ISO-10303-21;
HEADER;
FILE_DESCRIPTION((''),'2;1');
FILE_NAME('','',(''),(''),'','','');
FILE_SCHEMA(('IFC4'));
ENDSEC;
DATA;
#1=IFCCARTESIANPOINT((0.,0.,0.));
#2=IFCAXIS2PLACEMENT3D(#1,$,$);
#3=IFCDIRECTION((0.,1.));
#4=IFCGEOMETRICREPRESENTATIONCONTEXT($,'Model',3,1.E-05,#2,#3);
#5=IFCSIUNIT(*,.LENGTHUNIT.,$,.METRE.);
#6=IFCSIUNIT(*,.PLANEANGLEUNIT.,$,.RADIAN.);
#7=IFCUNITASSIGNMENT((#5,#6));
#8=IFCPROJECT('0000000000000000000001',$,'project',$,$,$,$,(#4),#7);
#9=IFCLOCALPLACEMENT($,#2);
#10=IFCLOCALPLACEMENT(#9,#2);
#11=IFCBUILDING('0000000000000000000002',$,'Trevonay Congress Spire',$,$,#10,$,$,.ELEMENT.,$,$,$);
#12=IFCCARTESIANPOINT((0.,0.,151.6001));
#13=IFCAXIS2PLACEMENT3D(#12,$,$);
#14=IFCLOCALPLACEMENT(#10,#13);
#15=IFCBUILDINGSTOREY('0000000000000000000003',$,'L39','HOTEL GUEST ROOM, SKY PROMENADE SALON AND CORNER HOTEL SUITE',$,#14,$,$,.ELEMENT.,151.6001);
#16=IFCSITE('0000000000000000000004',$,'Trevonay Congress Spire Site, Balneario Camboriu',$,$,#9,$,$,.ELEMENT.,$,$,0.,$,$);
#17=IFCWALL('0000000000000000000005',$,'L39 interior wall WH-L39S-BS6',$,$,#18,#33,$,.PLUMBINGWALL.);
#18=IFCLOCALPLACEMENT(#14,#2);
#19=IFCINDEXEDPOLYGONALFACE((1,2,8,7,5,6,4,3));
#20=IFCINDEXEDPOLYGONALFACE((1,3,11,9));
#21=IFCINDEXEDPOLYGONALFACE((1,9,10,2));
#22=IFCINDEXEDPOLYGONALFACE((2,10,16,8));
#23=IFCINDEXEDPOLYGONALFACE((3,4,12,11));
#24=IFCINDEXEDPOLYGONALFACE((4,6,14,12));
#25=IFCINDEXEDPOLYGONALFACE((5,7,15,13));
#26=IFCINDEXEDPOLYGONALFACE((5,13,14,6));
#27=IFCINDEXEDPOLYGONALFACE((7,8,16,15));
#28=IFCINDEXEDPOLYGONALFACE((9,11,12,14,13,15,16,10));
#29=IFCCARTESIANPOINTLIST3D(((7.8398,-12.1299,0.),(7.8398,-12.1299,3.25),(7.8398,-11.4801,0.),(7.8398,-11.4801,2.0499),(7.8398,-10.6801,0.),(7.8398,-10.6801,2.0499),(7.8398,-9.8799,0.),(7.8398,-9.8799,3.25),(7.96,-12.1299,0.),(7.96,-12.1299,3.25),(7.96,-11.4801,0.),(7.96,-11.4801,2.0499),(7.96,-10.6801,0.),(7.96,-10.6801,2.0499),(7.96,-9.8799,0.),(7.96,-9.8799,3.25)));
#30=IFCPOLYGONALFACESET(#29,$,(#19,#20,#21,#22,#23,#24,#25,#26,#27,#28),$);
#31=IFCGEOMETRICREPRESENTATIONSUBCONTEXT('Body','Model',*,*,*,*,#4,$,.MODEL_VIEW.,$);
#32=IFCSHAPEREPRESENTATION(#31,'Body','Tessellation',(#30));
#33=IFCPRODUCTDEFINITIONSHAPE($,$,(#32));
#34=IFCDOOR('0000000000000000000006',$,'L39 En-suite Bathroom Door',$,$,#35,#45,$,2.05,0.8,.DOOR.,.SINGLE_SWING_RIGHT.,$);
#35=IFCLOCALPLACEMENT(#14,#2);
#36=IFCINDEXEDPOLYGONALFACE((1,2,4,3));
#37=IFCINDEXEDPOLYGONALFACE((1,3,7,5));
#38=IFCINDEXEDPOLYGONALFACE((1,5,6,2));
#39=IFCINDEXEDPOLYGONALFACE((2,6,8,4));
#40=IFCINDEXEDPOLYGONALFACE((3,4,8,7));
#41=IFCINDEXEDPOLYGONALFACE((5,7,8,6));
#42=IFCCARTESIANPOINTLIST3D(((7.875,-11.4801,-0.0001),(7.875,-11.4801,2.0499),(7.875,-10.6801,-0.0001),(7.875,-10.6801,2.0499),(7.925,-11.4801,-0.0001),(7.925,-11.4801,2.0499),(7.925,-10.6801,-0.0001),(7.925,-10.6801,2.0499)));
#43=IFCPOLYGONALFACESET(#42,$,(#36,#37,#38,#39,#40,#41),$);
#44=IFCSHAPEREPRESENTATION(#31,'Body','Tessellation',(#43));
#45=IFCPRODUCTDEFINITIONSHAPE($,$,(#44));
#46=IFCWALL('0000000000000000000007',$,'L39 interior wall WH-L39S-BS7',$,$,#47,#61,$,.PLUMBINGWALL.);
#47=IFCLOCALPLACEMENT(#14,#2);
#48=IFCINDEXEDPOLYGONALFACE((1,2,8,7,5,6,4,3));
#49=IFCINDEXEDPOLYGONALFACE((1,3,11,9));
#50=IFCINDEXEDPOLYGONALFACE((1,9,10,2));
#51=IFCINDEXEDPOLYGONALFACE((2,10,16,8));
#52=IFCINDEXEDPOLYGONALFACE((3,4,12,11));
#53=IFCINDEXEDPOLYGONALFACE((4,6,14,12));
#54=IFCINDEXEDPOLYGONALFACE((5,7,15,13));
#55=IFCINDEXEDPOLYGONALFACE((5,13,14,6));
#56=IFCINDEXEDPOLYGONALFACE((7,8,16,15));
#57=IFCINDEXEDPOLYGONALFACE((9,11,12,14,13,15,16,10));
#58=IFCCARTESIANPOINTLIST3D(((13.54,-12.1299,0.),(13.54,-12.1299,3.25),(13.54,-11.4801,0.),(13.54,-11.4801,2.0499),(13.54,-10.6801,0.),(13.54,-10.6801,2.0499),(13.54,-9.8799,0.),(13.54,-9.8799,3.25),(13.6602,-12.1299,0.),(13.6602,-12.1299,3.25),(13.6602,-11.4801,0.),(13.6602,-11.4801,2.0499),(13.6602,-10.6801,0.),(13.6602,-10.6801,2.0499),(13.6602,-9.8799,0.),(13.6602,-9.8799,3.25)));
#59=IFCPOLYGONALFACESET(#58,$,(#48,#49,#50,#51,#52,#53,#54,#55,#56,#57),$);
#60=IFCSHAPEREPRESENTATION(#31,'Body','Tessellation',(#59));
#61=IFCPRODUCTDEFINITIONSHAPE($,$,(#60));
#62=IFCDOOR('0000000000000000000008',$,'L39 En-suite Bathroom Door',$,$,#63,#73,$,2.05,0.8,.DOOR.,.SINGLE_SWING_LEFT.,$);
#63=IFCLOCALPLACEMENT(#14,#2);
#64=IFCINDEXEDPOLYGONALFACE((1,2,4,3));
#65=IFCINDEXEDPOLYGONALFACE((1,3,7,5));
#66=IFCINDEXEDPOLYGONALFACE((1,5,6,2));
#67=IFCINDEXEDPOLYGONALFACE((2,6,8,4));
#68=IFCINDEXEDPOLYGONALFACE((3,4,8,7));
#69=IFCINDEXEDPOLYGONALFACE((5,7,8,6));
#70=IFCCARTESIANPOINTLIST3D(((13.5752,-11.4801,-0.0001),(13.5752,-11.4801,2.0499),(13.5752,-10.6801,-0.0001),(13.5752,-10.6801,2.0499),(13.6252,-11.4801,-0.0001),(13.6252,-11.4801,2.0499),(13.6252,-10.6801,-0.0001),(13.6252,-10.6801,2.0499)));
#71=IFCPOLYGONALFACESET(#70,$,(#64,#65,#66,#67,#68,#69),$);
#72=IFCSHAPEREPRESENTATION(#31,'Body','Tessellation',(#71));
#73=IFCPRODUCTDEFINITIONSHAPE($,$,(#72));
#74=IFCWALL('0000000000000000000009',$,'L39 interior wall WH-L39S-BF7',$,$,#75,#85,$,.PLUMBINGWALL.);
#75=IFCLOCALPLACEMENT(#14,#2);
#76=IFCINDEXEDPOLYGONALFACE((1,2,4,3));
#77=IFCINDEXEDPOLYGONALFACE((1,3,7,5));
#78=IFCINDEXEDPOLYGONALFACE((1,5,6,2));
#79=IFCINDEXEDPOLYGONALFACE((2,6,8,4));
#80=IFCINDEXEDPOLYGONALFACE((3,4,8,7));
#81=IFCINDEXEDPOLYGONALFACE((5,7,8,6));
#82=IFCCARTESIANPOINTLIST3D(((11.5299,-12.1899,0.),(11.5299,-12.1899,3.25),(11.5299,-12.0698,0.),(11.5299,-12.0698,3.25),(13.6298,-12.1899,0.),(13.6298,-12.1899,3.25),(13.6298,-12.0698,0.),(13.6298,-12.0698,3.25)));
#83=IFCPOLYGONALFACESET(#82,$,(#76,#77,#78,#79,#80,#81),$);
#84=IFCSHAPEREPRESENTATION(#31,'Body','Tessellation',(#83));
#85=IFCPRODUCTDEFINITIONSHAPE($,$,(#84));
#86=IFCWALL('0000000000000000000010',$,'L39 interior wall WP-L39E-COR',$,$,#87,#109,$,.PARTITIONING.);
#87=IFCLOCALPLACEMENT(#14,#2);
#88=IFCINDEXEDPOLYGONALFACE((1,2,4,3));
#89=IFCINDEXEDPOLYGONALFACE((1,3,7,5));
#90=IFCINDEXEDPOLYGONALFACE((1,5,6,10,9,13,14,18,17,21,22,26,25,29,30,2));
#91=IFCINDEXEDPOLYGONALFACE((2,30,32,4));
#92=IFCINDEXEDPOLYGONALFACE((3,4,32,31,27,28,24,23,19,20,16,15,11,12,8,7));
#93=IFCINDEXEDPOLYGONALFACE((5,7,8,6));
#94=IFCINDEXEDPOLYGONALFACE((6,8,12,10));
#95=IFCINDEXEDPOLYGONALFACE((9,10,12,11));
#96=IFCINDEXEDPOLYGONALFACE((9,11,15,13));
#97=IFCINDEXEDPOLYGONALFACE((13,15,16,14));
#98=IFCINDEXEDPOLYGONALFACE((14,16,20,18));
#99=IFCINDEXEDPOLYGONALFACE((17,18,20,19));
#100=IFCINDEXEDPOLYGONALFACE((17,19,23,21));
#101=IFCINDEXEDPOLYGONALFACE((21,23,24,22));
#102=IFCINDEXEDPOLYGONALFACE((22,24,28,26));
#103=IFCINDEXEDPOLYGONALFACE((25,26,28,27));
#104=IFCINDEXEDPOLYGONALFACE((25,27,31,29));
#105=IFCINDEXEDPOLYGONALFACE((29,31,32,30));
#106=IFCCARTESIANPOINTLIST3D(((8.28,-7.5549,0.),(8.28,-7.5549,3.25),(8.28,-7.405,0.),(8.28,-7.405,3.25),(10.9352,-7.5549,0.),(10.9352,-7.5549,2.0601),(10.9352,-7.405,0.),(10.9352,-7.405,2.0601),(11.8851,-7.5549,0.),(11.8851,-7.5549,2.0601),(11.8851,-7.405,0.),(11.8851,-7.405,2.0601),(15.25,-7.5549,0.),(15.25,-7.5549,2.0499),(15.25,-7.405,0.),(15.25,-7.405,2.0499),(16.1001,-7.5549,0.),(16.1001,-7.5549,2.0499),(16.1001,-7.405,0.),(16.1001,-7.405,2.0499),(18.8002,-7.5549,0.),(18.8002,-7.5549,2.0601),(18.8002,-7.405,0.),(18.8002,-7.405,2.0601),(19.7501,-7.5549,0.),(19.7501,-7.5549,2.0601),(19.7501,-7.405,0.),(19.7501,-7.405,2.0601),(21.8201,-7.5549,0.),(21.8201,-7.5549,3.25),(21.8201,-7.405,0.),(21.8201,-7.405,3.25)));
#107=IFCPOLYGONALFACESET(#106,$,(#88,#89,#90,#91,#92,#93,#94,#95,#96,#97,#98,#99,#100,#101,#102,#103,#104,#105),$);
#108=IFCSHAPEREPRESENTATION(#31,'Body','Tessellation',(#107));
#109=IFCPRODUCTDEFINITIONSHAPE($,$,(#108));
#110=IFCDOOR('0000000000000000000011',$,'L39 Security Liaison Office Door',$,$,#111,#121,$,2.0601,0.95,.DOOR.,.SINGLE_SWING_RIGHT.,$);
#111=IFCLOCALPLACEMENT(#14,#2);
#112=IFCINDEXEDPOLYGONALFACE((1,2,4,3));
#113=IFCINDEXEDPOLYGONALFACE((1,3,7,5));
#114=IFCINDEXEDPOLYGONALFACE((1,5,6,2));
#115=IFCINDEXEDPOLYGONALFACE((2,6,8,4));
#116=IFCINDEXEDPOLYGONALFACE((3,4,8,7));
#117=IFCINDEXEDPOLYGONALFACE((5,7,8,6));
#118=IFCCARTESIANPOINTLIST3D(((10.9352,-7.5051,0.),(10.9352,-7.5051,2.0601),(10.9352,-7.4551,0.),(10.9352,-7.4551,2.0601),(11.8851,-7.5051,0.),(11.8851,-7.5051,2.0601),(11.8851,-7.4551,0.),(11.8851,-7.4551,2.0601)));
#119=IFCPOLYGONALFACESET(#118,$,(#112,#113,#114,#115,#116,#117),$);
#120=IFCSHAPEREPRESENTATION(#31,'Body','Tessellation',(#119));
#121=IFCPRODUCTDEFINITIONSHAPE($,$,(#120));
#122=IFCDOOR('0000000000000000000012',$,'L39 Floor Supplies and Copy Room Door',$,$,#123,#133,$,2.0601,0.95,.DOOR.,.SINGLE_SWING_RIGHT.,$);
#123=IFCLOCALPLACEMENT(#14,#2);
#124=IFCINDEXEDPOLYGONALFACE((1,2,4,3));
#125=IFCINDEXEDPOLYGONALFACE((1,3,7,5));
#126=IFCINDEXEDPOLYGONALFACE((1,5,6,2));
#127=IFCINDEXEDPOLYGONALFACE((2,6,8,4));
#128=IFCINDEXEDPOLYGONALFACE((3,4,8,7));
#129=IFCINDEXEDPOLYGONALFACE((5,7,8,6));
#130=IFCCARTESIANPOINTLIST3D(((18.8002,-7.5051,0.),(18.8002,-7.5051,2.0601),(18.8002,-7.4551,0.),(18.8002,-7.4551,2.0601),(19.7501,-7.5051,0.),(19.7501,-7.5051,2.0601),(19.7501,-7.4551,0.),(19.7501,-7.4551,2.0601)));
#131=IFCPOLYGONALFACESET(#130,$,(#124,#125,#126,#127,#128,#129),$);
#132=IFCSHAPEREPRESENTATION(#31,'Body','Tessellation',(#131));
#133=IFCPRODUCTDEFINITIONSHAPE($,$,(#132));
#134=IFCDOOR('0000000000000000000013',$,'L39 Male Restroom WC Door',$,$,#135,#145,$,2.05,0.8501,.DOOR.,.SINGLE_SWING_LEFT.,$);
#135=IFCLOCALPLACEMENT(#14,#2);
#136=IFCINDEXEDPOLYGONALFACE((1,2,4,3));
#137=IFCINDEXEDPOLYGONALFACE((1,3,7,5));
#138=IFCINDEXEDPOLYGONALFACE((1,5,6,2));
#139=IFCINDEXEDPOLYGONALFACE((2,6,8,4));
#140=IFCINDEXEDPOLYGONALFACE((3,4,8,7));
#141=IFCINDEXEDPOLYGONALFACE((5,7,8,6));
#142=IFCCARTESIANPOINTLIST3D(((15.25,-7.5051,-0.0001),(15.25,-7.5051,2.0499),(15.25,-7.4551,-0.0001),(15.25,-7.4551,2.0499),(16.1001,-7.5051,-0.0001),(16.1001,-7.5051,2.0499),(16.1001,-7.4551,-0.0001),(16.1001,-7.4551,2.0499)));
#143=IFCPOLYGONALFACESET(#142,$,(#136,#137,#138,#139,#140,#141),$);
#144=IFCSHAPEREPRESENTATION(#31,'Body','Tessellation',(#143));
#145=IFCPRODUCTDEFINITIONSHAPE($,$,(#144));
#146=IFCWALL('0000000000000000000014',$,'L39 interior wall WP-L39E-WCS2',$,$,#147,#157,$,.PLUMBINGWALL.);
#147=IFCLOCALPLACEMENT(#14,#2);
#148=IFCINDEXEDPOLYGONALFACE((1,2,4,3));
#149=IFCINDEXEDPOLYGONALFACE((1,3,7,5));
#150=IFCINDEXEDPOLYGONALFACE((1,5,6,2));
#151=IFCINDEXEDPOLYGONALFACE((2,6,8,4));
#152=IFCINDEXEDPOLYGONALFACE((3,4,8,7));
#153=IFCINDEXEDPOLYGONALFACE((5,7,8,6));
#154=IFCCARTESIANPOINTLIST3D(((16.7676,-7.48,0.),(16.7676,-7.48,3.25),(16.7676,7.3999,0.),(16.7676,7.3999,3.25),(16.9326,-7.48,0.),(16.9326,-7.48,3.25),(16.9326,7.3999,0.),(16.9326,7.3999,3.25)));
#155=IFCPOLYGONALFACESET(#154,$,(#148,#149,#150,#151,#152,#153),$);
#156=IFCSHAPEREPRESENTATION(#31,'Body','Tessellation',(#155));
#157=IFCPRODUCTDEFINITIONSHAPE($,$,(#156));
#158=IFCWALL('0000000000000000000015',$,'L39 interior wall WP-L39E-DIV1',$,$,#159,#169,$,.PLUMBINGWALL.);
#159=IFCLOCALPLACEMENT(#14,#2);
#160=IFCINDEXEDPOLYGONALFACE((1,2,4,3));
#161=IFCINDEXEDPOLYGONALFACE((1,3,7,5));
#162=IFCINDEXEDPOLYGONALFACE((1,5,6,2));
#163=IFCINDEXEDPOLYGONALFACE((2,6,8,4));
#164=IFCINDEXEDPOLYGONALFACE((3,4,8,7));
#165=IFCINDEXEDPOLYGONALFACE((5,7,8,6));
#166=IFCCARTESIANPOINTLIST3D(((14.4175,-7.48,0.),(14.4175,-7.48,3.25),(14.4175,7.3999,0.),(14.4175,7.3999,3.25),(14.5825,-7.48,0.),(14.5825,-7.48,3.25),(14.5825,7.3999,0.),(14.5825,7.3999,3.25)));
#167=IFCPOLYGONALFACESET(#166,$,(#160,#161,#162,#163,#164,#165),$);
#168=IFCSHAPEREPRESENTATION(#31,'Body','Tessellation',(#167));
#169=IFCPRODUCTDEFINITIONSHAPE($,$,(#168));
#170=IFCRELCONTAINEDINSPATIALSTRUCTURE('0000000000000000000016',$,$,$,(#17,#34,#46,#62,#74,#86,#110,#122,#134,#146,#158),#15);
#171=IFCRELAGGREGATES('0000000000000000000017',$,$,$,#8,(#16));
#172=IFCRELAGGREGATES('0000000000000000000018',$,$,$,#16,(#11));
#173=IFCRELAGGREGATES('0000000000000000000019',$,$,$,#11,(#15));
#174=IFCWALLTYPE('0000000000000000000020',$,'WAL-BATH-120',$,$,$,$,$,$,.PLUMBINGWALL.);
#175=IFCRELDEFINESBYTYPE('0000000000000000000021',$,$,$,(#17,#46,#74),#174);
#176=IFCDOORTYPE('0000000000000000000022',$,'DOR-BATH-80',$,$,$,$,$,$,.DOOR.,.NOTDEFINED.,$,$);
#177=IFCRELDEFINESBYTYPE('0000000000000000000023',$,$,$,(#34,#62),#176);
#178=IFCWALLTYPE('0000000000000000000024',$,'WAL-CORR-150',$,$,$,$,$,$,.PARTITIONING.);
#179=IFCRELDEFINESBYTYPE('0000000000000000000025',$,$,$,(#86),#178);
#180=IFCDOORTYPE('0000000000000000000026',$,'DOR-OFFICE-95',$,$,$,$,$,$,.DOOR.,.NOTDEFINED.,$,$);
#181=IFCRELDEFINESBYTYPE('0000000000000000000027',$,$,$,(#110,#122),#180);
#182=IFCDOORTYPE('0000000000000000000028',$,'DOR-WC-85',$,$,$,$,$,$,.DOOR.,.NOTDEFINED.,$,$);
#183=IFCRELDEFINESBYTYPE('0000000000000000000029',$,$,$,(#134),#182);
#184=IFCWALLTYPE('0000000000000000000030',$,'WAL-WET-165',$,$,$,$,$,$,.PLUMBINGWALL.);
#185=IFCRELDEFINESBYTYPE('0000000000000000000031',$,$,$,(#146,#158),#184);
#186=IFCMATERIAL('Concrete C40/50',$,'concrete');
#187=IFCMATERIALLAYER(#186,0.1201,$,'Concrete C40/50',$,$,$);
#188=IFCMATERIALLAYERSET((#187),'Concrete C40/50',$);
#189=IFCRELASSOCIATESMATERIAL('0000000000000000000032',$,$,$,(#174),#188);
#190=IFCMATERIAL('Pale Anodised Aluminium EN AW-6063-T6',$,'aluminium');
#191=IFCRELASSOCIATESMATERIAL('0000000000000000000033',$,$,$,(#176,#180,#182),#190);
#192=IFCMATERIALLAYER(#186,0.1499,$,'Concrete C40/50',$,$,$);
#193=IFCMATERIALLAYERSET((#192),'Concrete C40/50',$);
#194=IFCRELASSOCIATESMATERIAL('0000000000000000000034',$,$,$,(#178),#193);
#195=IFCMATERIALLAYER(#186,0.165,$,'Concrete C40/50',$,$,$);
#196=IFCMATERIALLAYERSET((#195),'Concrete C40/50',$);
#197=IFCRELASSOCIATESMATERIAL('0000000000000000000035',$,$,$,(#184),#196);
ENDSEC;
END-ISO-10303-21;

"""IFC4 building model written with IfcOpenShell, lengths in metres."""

from ifc_helpers import new_model, si_unit, direction, frame, frame_2d, origin, place, context, subcontext, project, spatial, rectangle, extrude, material, layer, layer_set, type_object, element, fill, save


model = new_model("IFC4")

# Units and contexts
model_context = context("Model", 3, precision=1e-05, world=origin(), true_north=direction((0.0, 1.0)))
body_context = subcontext(model_context, "Body", "Model", "MODEL_VIEW")
ifc_project = project(units=[si_unit("LENGTHUNIT", "METRE"), si_unit("PLANEANGLEUNIT", "RADIAN")], contexts=[model_context])

# Site, building, storey
site_placement = place(None, origin())
site = spatial("IfcSite", under=ifc_project, at=site_placement, Name="Trevonay Congress Spire Site, Balneario Camboriu", CompositionType="ELEMENT", RefElevation=0.0)
building_placement = place(site_placement, origin())
building = spatial("IfcBuilding", under=site, at=building_placement, Name="Trevonay Congress Spire", CompositionType="ELEMENT")
storey_placement = place(building_placement, frame((0.0, 0.0, 151.6001)))
storey = spatial("IfcBuildingStorey", under=building, at=storey_placement, Name="L39", Description="HOTEL GUEST ROOM, SKY PROMENADE SALON AND CORNER HOTEL SUITE", CompositionType="ELEMENT", Elevation=151.6001)

# Shared definitions
ifc_material_1 = material(Name="Pale Anodised Aluminium EN AW-6063-T6", Category="aluminium")

# Walls, openings, doors
ifc_material_2 = material(Name="Concrete C40/50", Category="concrete")
ifc_layer_1 = layer(ifc_material_2, 0.1201, Name="Concrete C40/50")
ifc_layer_set_1 = layer_set([ifc_layer_1], Name="Concrete C40/50")
wall_type_1 = type_object("IfcWallType", Name="WAL-BATH-120", PredefinedType="PLUMBINGWALL", material=ifc_layer_set_1)
wall_1_placement = place(storey_placement, frame((7.8999, -12.1299, 0.0), z_axis=(0.0, 0.0, 1.0), x_axis=(0.0, 1.0, 0.0)))
wall_1 = element("IfcWall", 1, at=wall_1_placement, inside=storey, type_object=wall_type_1, Name="L39 interior wall WH-L39S-BS6", PredefinedType="PLUMBINGWALL", context=body_context, shape_type="SweptSolid", body=[
    extrude(rectangle(XDim=2.25, YDim=0.1201, at=frame_2d((1.125, 0.0))), origin(), (0.0, 0.0, 1.0), 3.25),
])
opening_1_placement = place(wall_1_placement, frame((0.6499, 0.0, 0.0)))
opening_1 = element("IfcOpeningElement", 2, at=opening_1_placement, cuts=wall_1, PredefinedType="OPENING", context=body_context, shape_type="SweptSolid", body=[
    extrude(rectangle(XDim=0.8, YDim=2.05, at=frame_2d((0.3999, 1.0249))), frame((0.0, 0.0701, 0.0), z_axis=(0.0, -1.0, 0.0), x_axis=(1.0, 0.0, 0.0)), (0.0, 0.0, 1.0), 0.1401),
])
door_type_1 = type_object("IfcDoorType", Name="DOR-BATH-80", OperationType="NOTDEFINED", PredefinedType="DOOR", material=ifc_material_1)
door_1_placement = place(opening_1_placement, origin())
door_1 = element("IfcDoor", 3, at=door_1_placement, inside=storey, type_object=door_type_1, Name="L39 En-suite Bathroom Door", OperationType="SINGLE_SWING_RIGHT", OverallHeight=2.05, OverallWidth=0.8, PredefinedType="DOOR", context=body_context, shape_type="SweptSolid", body=[
    extrude(rectangle(XDim=0.8, YDim=2.05, at=frame_2d((0.3999, 1.0249))), frame((0.0, 0.0249, 0.0), z_axis=(0.0, -1.0, 0.0), x_axis=(1.0, 0.0, 0.0)), (0.0, 0.0, 1.0), 0.05),
])
fill(opening_1, door_1)
wall_2_placement = place(storey_placement, frame((13.6001, -12.1299, 0.0), z_axis=(0.0, 0.0, 1.0), x_axis=(0.0, 1.0, 0.0)))
wall_2 = element("IfcWall", 4, at=wall_2_placement, inside=storey, type_object=wall_type_1, Name="L39 interior wall WH-L39S-BS7", PredefinedType="PLUMBINGWALL", context=body_context, shape_type="SweptSolid", body=[
    extrude(rectangle(XDim=2.25, YDim=0.1201, at=frame_2d((1.125, 0.0))), origin(), (0.0, 0.0, 1.0), 3.25),
])
opening_2_placement = place(wall_2_placement, frame((0.6499, 0.0, 0.0)))
opening_2 = element("IfcOpeningElement", 5, at=opening_2_placement, cuts=wall_2, PredefinedType="OPENING", context=body_context, shape_type="SweptSolid", body=[
    extrude(rectangle(XDim=0.8, YDim=2.05, at=frame_2d((0.3999, 1.0249))), frame((0.0, 0.0701, 0.0), z_axis=(0.0, -1.0, 0.0), x_axis=(1.0, 0.0, 0.0)), (0.0, 0.0, 1.0), 0.1401),
])
door_2_placement = place(opening_2_placement, origin())
door_2 = element("IfcDoor", 6, at=door_2_placement, inside=storey, type_object=door_type_1, Name="L39 En-suite Bathroom Door", OperationType="SINGLE_SWING_LEFT", OverallHeight=2.05, OverallWidth=0.8, PredefinedType="DOOR", context=body_context, shape_type="SweptSolid", body=[
    extrude(rectangle(XDim=0.8, YDim=2.05, at=frame_2d((0.3999, 1.0249))), frame((0.0, 0.0249, 0.0), z_axis=(0.0, -1.0, 0.0), x_axis=(1.0, 0.0, 0.0)), (0.0, 0.0, 1.0), 0.05),
])
fill(opening_2, door_2)

# Wall
wall_3_placement = place(storey_placement, frame((11.53, -12.1299, 0.0), z_axis=(0.0, 0.0, 1.0), x_axis=(1.0, 0.0, 0.0)))
element("IfcWall", 7, at=wall_3_placement, inside=storey, type_object=wall_type_1, Name="L39 interior wall WH-L39S-BF7", PredefinedType="PLUMBINGWALL", context=body_context, shape_type="SweptSolid", body=[
    extrude(rectangle(XDim=2.0999, YDim=0.1201, at=frame_2d((1.0498, 0.0))), origin(), (0.0, 0.0, 1.0), 3.25),
])

# Wall, openings, doors
ifc_layer_2 = layer(ifc_material_2, 0.1499, Name="Concrete C40/50")
ifc_layer_set_2 = layer_set([ifc_layer_2], Name="Concrete C40/50")
wall_type_2 = type_object("IfcWallType", Name="WAL-CORR-150", PredefinedType="PARTITIONING", material=ifc_layer_set_2)
wall_4_placement = place(storey_placement, frame((8.28, -7.48, 0.0), z_axis=(0.0, 0.0, 1.0), x_axis=(1.0, 0.0, 0.0)))
wall_4 = element("IfcWall", 8, at=wall_4_placement, inside=storey, type_object=wall_type_2, Name="L39 interior wall WP-L39E-COR", PredefinedType="PARTITIONING", context=body_context, shape_type="SweptSolid", body=[
    extrude(rectangle(XDim=13.54, YDim=0.1499, at=frame_2d((6.77, 0.0))), origin(), (0.0, 0.0, 1.0), 3.25),
])
opening_3_placement = place(wall_4_placement, frame((2.655, 0.0, 0.0)))
opening_3 = element("IfcOpeningElement", 9, at=opening_3_placement, cuts=wall_4, PredefinedType="OPENING", context=body_context, shape_type="SweptSolid", body=[
    extrude(rectangle(XDim=0.95, YDim=2.0601, at=frame_2d((0.4751, 1.03))), frame((0.0, 0.085, 0.0), z_axis=(0.0, -1.0, 0.0), x_axis=(1.0, 0.0, 0.0)), (0.0, 0.0, 1.0), 0.1699),
])
opening_4_placement = place(wall_4_placement, frame((6.97, 0.0, 0.0)))
opening_4 = element("IfcOpeningElement", 10, at=opening_4_placement, cuts=wall_4, PredefinedType="OPENING", context=body_context, shape_type="SweptSolid", body=[
    extrude(rectangle(XDim=0.8501, YDim=2.05, at=frame_2d((0.425, 1.0249))), frame((0.0, 0.085, 0.0), z_axis=(0.0, -1.0, 0.0), x_axis=(1.0, 0.0, 0.0)), (0.0, 0.0, 1.0), 0.1699),
])
opening_5_placement = place(wall_4_placement, frame((10.52, 0.0, 0.0)))
opening_5 = element("IfcOpeningElement", 11, at=opening_5_placement, cuts=wall_4, PredefinedType="OPENING", context=body_context, shape_type="SweptSolid", body=[
    extrude(rectangle(XDim=0.95, YDim=2.0601, at=frame_2d((0.4751, 1.03))), frame((0.0, 0.085, 0.0), z_axis=(0.0, -1.0, 0.0), x_axis=(1.0, 0.0, 0.0)), (0.0, 0.0, 1.0), 0.1699),
])
door_type_2 = type_object("IfcDoorType", Name="DOR-OFFICE-95", OperationType="NOTDEFINED", PredefinedType="DOOR", material=ifc_material_1)
door_3_placement = place(opening_3_placement, origin())
door_3 = element("IfcDoor", 12, at=door_3_placement, inside=storey, type_object=door_type_2, Name="L39 Security Liaison Office Door", OperationType="SINGLE_SWING_RIGHT", OverallHeight=2.0601, OverallWidth=0.95, PredefinedType="DOOR", context=body_context, shape_type="SweptSolid", body=[
    extrude(rectangle(XDim=0.95, YDim=2.0601, at=frame_2d((0.4751, 1.03))), frame((0.0, 0.0249, 0.0), z_axis=(0.0, -1.0, 0.0), x_axis=(1.0, 0.0, 0.0)), (0.0, 0.0, 1.0), 0.05),
])
fill(opening_3, door_3)
door_4_placement = place(opening_5_placement, origin())
door_4 = element("IfcDoor", 13, at=door_4_placement, inside=storey, type_object=door_type_2, Name="L39 Floor Supplies and Copy Room Door", OperationType="SINGLE_SWING_RIGHT", OverallHeight=2.0601, OverallWidth=0.95, PredefinedType="DOOR", context=body_context, shape_type="SweptSolid", body=[
    extrude(rectangle(XDim=0.95, YDim=2.0601, at=frame_2d((0.4751, 1.03))), frame((0.0, 0.0249, 0.0), z_axis=(0.0, -1.0, 0.0), x_axis=(1.0, 0.0, 0.0)), (0.0, 0.0, 1.0), 0.05),
])
fill(opening_5, door_4)
door_type_3 = type_object("IfcDoorType", Name="DOR-WC-85", OperationType="NOTDEFINED", PredefinedType="DOOR", material=ifc_material_1)
door_5_placement = place(opening_4_placement, origin())
door_5 = element("IfcDoor", 14, at=door_5_placement, inside=storey, type_object=door_type_3, Name="L39 Male Restroom WC Door", OperationType="SINGLE_SWING_LEFT", OverallHeight=2.05, OverallWidth=0.8501, PredefinedType="DOOR", context=body_context, shape_type="SweptSolid", body=[
    extrude(rectangle(XDim=0.8501, YDim=2.05, at=frame_2d((0.425, 1.0249))), frame((0.0, 0.0249, 0.0), z_axis=(0.0, -1.0, 0.0), x_axis=(1.0, 0.0, 0.0)), (0.0, 0.0, 1.0), 0.05),
])
fill(opening_4, door_5)

# Walls
ifc_layer_3 = layer(ifc_material_2, 0.165, Name="Concrete C40/50")
ifc_layer_set_3 = layer_set([ifc_layer_3], Name="Concrete C40/50")
wall_type_3 = type_object("IfcWallType", Name="WAL-WET-165", PredefinedType="PLUMBINGWALL", material=ifc_layer_set_3)
for number, where, z_axis, x_axis, name in (
    (15, (16.8501, -7.48, 0.0), (0.0, 0.0, 1.0), (0.0, 1.0, 0.0), "L39 interior wall WP-L39E-WCS2"),
    (16, (14.5, -7.48, 0.0), (0.0, 0.0, 1.0), (0.0, 1.0, 0.0), "L39 interior wall WP-L39E-DIV1"),
):
    element("IfcWall", number, at=place(storey_placement, frame(where, z_axis=z_axis, x_axis=x_axis)), inside=storey, type_object=wall_type_3, Name=name, PredefinedType="PLUMBINGWALL", context=body_context, shape_type="SweptSolid", body=[
        extrude(rectangle(XDim=14.8799, YDim=0.165, at=frame_2d((7.4399, 0.0))), origin(), (0.0, 0.0, 1.0), 3.25),
    ])

save(model, "model.ifc")
